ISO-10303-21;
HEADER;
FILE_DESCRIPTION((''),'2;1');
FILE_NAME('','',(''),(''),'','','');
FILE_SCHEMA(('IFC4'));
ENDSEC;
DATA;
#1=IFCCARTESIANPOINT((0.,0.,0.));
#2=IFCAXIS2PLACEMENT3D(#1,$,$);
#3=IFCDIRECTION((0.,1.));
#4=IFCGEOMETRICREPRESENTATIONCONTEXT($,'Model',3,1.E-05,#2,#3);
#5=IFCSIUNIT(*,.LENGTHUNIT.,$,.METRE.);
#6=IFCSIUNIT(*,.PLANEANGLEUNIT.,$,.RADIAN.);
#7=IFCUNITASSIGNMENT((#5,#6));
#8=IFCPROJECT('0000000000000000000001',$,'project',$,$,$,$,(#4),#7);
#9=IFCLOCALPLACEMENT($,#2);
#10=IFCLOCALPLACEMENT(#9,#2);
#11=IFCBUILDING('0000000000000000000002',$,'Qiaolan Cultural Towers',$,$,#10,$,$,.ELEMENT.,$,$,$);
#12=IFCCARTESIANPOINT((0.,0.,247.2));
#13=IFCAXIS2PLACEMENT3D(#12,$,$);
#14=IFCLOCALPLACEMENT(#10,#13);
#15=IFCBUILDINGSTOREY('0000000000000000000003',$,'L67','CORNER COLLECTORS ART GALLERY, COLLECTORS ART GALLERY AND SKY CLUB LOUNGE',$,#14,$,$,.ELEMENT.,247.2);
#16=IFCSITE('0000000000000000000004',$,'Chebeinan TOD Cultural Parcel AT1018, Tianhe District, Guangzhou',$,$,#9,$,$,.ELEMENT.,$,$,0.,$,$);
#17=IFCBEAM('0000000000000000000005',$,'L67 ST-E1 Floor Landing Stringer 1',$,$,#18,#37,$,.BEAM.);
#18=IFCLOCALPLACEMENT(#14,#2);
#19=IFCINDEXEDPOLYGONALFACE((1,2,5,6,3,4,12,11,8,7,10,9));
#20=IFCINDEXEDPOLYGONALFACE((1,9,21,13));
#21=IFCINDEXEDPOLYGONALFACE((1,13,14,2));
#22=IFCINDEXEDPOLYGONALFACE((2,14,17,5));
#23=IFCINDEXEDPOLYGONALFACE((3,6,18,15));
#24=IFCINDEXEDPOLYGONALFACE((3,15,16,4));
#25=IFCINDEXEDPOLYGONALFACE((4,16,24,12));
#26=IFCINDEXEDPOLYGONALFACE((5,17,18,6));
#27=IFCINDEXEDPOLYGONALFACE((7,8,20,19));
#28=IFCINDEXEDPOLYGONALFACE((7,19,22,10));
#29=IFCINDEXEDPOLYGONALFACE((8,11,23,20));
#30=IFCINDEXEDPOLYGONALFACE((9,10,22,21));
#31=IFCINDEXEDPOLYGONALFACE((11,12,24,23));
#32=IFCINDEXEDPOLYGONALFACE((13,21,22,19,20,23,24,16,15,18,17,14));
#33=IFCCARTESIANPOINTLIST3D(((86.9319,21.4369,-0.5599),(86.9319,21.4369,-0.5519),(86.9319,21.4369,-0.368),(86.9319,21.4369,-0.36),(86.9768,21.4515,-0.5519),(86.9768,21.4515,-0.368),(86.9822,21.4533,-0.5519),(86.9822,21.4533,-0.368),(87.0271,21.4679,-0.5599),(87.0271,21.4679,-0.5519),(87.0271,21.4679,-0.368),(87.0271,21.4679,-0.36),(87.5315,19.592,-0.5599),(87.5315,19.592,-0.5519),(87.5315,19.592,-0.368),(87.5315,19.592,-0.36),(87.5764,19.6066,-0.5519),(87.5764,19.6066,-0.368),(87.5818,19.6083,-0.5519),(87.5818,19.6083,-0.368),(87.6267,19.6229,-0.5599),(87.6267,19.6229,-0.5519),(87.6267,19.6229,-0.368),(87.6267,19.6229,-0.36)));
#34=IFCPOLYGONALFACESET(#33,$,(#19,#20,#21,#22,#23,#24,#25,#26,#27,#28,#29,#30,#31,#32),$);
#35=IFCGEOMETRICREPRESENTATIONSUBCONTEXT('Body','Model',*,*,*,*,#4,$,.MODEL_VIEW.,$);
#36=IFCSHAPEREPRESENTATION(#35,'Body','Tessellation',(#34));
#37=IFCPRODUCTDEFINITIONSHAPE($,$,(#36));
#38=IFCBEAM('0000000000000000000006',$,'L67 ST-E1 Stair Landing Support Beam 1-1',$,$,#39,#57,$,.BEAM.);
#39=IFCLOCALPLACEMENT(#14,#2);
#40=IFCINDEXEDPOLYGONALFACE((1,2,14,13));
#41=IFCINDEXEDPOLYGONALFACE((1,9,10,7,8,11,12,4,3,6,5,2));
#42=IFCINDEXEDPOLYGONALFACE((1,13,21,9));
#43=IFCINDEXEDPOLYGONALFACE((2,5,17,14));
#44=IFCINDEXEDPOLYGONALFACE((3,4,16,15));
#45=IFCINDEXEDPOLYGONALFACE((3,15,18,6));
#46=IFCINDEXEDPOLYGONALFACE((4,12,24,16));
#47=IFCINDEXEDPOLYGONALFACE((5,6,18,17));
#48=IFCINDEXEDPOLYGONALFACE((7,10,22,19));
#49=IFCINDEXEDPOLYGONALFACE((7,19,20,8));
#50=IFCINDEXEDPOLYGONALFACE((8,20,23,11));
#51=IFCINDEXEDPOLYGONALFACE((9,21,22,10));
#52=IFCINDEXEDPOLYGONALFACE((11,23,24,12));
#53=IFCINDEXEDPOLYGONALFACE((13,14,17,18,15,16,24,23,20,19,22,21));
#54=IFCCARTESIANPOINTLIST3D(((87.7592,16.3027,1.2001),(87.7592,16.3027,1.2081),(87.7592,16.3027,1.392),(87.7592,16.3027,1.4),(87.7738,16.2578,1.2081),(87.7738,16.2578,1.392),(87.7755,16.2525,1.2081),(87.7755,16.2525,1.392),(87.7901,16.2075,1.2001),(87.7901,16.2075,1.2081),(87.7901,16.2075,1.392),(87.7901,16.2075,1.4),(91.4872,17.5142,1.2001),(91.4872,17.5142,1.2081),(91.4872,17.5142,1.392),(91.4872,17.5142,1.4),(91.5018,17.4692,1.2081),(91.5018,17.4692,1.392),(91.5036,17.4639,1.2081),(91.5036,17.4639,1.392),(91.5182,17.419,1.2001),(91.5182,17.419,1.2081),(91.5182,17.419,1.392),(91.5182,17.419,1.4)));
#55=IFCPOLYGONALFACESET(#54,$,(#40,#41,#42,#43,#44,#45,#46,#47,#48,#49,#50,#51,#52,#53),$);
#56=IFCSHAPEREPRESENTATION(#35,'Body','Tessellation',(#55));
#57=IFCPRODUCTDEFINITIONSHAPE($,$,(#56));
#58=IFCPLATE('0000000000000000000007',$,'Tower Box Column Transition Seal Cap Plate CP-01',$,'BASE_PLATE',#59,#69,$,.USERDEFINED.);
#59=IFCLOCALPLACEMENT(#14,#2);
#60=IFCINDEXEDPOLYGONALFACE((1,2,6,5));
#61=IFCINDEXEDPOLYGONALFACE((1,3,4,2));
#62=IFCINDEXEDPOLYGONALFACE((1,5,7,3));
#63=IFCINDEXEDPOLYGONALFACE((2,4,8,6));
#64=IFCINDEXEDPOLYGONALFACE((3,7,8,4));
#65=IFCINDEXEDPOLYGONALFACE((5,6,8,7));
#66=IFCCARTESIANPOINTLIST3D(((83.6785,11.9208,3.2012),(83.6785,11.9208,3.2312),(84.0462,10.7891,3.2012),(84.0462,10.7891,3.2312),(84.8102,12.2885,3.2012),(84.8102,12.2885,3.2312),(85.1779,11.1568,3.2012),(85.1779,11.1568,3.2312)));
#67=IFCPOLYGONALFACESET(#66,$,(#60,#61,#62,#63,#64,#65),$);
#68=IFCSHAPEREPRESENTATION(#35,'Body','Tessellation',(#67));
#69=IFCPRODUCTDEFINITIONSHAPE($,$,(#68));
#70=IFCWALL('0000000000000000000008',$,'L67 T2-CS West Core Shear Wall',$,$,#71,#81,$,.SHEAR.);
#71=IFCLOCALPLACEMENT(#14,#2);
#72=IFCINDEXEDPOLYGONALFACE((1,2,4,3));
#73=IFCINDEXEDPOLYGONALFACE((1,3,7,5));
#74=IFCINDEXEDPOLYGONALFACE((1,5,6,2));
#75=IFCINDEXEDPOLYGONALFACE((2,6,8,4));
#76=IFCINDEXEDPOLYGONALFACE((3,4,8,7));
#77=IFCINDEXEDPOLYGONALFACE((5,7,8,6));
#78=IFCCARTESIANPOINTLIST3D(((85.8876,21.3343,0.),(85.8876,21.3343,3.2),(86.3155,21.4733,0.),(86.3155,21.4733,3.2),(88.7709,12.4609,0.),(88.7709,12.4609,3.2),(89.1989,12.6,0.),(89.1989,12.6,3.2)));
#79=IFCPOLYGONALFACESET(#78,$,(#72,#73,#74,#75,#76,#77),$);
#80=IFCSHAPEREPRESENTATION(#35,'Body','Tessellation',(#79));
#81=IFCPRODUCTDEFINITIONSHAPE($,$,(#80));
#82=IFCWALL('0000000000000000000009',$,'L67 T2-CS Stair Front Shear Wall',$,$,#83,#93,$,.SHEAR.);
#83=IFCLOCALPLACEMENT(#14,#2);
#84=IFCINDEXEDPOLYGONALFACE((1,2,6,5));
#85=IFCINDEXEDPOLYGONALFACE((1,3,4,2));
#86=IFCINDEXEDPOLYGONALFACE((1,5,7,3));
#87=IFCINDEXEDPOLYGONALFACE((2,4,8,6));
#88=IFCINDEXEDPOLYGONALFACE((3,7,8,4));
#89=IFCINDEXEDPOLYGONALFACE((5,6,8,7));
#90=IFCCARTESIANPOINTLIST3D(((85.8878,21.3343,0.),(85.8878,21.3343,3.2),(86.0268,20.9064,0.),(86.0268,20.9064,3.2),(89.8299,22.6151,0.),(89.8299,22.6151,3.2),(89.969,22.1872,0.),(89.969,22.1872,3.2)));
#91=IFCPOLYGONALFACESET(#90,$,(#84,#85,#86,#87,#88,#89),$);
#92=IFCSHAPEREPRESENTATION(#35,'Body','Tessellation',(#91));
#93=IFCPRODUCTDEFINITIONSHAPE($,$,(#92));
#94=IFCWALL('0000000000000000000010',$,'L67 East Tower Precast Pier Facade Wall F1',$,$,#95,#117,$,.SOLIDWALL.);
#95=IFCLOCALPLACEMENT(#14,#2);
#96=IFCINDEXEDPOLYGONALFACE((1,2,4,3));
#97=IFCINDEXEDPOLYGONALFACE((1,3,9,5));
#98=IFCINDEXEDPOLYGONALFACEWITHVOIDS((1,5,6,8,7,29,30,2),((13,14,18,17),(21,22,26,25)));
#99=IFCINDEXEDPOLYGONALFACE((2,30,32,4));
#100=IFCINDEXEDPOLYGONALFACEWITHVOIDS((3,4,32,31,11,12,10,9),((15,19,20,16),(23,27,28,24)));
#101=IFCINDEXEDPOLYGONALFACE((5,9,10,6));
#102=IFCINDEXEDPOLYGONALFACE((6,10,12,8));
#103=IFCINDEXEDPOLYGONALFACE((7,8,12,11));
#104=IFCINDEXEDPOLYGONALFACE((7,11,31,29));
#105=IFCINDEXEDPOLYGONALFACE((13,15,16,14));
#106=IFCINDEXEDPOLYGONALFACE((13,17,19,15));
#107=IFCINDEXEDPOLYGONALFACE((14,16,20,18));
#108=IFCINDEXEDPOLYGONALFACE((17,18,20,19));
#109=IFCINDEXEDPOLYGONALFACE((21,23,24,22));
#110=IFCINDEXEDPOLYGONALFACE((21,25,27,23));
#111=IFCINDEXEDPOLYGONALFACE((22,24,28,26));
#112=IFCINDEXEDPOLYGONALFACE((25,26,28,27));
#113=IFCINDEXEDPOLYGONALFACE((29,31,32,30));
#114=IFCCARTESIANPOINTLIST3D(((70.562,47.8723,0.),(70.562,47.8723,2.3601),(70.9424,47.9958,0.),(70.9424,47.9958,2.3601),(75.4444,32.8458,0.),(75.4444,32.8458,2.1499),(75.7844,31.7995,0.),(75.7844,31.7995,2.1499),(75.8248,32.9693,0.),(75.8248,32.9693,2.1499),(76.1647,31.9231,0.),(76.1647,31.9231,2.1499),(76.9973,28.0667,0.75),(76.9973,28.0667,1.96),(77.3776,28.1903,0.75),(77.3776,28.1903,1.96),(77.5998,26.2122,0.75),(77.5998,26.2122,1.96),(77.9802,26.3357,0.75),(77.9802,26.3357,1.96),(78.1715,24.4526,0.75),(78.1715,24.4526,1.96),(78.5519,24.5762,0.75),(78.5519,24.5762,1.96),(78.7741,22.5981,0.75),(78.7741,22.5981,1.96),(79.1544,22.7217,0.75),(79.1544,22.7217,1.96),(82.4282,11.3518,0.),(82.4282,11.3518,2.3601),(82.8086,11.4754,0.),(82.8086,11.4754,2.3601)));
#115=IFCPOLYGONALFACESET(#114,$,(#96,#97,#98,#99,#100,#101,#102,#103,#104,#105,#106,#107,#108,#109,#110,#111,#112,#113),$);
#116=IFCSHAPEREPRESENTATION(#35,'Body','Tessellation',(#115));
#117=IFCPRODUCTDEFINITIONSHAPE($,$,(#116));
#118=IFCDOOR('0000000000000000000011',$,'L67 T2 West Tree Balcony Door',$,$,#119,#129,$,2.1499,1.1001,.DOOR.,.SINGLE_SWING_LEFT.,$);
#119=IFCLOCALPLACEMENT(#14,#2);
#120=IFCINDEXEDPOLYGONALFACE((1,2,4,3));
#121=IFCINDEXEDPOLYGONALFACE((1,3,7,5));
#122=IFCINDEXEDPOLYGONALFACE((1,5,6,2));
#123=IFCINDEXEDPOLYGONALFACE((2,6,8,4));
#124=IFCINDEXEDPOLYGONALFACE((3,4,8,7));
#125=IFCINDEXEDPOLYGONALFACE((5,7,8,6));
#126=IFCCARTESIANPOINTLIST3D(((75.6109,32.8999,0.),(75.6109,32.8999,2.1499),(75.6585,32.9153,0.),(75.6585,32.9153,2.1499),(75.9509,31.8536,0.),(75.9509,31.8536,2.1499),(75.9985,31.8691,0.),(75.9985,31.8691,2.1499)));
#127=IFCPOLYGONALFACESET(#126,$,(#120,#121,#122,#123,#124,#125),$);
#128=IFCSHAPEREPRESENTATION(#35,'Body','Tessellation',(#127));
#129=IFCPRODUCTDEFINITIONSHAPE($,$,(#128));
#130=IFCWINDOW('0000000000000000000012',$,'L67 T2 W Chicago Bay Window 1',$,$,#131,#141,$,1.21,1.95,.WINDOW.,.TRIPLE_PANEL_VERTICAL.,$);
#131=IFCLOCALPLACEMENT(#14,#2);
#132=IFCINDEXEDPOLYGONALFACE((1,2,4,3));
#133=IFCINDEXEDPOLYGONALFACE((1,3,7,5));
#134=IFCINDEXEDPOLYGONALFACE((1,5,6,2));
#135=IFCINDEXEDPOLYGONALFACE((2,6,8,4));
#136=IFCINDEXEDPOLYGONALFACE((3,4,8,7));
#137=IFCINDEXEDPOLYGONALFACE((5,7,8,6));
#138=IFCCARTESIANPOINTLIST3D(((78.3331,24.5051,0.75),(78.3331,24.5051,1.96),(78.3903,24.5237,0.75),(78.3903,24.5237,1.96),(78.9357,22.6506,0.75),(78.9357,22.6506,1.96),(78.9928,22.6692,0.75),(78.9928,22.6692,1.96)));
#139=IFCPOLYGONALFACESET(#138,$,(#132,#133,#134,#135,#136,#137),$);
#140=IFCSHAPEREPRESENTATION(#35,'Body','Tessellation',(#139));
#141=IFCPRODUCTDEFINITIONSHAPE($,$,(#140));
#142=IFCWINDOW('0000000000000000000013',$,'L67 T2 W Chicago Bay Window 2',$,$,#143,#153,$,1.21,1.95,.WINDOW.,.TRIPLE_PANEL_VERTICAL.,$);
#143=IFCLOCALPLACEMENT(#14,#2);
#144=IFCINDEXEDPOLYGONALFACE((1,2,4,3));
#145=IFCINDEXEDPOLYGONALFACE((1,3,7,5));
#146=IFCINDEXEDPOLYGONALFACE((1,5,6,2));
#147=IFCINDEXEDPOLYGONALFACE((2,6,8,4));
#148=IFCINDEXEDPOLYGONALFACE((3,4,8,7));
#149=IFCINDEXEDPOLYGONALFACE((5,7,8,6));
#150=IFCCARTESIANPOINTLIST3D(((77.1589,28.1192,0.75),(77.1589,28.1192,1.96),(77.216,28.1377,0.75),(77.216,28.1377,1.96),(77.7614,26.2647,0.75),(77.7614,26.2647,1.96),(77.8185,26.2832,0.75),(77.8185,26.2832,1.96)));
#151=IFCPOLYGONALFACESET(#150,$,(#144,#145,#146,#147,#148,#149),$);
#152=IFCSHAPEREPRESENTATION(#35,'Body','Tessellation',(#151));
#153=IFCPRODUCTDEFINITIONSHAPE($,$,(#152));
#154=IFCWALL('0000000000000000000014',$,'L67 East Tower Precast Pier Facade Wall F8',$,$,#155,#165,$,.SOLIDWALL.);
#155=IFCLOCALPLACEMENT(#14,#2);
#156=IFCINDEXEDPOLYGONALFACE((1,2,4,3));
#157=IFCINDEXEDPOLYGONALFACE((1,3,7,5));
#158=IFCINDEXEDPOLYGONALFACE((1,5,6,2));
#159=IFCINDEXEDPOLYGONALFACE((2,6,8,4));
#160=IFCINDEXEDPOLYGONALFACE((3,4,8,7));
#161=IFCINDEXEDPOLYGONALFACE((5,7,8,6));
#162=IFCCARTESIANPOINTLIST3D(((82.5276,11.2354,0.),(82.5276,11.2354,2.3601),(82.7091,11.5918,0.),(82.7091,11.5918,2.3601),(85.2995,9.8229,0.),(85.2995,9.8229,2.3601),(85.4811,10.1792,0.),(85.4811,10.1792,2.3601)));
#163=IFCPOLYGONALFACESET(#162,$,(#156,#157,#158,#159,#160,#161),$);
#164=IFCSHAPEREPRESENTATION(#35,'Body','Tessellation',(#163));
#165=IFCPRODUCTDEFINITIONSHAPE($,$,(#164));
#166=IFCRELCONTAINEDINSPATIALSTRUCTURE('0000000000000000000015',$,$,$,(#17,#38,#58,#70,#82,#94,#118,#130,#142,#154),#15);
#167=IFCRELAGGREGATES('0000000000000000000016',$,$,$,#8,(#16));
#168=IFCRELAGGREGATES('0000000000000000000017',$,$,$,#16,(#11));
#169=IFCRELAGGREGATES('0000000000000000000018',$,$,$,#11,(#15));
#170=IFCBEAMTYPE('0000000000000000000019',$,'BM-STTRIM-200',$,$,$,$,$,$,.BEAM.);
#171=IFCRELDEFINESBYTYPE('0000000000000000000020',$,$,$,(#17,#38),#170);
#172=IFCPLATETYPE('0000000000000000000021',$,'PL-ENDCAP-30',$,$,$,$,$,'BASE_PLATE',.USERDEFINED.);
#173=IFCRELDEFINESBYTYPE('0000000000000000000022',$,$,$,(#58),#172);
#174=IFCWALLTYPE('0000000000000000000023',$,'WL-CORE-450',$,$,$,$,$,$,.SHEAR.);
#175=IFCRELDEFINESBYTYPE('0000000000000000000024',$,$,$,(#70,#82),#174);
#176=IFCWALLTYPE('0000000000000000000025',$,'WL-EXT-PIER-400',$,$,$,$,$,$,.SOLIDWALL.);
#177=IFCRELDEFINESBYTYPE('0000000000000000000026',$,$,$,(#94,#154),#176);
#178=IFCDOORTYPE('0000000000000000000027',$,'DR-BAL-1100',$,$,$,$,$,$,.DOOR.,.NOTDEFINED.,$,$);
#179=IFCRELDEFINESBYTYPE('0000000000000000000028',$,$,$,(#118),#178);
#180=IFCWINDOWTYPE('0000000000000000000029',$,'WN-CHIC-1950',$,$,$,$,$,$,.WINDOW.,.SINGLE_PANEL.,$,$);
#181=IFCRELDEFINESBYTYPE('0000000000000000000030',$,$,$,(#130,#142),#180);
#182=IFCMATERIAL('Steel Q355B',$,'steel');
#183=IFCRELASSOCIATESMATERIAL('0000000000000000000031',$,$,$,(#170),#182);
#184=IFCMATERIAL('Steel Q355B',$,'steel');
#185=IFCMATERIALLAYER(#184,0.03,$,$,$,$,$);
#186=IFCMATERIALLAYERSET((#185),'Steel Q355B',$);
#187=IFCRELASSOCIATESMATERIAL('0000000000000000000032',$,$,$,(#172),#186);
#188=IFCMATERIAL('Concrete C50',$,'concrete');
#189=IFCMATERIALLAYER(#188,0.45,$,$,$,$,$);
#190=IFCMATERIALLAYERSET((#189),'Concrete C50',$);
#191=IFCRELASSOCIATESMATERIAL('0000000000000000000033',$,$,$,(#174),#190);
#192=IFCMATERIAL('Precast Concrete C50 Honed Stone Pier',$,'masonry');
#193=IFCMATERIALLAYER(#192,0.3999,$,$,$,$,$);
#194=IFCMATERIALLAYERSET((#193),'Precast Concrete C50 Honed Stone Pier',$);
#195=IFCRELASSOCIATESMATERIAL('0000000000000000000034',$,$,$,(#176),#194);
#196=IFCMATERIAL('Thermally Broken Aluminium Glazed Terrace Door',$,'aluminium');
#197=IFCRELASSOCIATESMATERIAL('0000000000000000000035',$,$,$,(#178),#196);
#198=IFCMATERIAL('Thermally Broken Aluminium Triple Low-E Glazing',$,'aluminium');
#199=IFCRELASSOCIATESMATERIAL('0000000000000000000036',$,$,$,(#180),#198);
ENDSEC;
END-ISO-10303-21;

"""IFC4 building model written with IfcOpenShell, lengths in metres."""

from ifc_helpers import new_model, si_unit, direction, frame, frame_2d, origin, origin_2d, place, context, subcontext, project, spatial, rectangle, i_section, extrude, material, layer, layer_set, material_profile, profile_set, type_object, element, fill, save


model = new_model("IFC4")

# Units and contexts
model_context = context("Model", 3, precision=1e-05, world=origin(), true_north=direction((0.0, 1.0)))
body_context = subcontext(model_context, "Body", "Model", "MODEL_VIEW")
ifc_project = project(units=[si_unit("LENGTHUNIT", "METRE"), si_unit("PLANEANGLEUNIT", "RADIAN")], contexts=[model_context])

# Site, building, storey
site_placement = place(None, origin())
site = spatial("IfcSite", under=ifc_project, at=site_placement, Name="Chebeinan TOD Cultural Parcel AT1018, Tianhe District, Guangzhou", CompositionType="ELEMENT", RefElevation=0.0)
building_placement = place(site_placement, origin())
building = spatial("IfcBuilding", under=site, at=building_placement, Name="Qiaolan Cultural Towers", CompositionType="ELEMENT")
storey_placement = place(building_placement, frame((0.0, 0.0, 247.2)))
storey = spatial("IfcBuildingStorey", under=building, at=storey_placement, Name="L67", Description="CORNER COLLECTORS ART GALLERY, COLLECTORS ART GALLERY AND SKY CLUB LOUNGE", CompositionType="ELEMENT", Elevation=247.2)

# Beams
ifc_material_1 = material(Name="Steel Q355B", Category="steel")
ifc_material_profile_1 = material_profile(ifc_material_1, i_section(OverallWidth=0.1001, OverallDepth=0.2, WebThickness=0.0056, FlangeThickness=0.0081, at=origin_2d()), Name="HN200x100x5.5x8")
ifc_profile_set_1 = profile_set([ifc_material_profile_1], Name="Steel Q355B")
beam_type_1 = type_object("IfcBeamType", Name="BM-STTRIM-200", PredefinedType="BEAM", material=ifc_profile_set_1)
beam_1_placement = place(storey_placement, frame((86.9795, 21.4524, -0.46), z_axis=(0.309083, -0.951035, 0.0), x_axis=(0.951035, 0.309083, 0.0)))
element("IfcBeam", 1, at=beam_1_placement, inside=storey, type_object=beam_type_1, Name="L67 ST-E1 Floor Landing Stringer 1", PredefinedType="BEAM", context=body_context, shape_type="SweptSolid", body=[
    extrude(i_section(OverallWidth=0.1001, OverallDepth=0.2, WebThickness=0.0056, FlangeThickness=0.0081, at=origin_2d()), origin(), (0.0, 0.0, 1.0), 1.9399),
])
beam_2_placement = place(storey_placement, frame((87.7747, 16.2551, 1.3), z_axis=(0.951048, 0.309044, 0.0), x_axis=(-0.309044, 0.951048, 0.0)))
element("IfcBeam", 2, at=beam_2_placement, inside=storey, type_object=beam_type_1, Name="L67 ST-E1 Stair Landing Support Beam 1-1", PredefinedType="BEAM", context=body_context, shape_type="SweptSolid", body=[
    extrude(i_section(OverallWidth=0.1001, OverallDepth=0.2, WebThickness=0.0056, FlangeThickness=0.0081, at=origin_2d()), origin(), (0.0, 0.0, 1.0), 3.9199),
])

# Plate
ifc_material_2 = material(Name="Steel Q355B", Category="steel")
ifc_layer_1 = layer(ifc_material_2, 0.03)
ifc_layer_set_1 = layer_set([ifc_layer_1], Name="Steel Q355B")
plate_type = type_object("IfcPlateType", Name="PL-ENDCAP-30", ElementType="BASE_PLATE", PredefinedType="USERDEFINED", material=ifc_layer_set_1)
plate_placement = place(storey_placement, frame((84.4282, 11.5388, 3.2012), z_axis=(0.0, 0.0, 1.0), x_axis=(0.951057, 0.309017, 0.0)))
element("IfcPlate", 3, at=plate_placement, inside=storey, type_object=plate_type, Name="Tower Box Column Transition Seal Cap Plate CP-01", ObjectType="BASE_PLATE", PredefinedType="USERDEFINED", context=body_context, shape_type="SweptSolid", body=[
    extrude(rectangle(XDim=1.1899, YDim=1.1899, at=origin_2d()), origin(), (0.0, 0.0, 1.0), 0.03),
])

# Walls
ifc_material_3 = material(Name="Concrete C50", Category="concrete")
ifc_layer_2 = layer(ifc_material_3, 0.45)
ifc_layer_set_2 = layer_set([ifc_layer_2], Name="Concrete C50")
wall_type_1 = type_object("IfcWallType", Name="WL-CORE-450", PredefinedType="SHEAR", material=ifc_layer_set_2)
wall_1_placement = place(storey_placement, frame((86.1016, 21.4038, 0.0), z_axis=(0.0, 0.0, 1.0), x_axis=(0.309036, -0.95105, 0.0)))
element("IfcWall", 4, at=wall_1_placement, inside=storey, type_object=wall_type_1, Name="L67 T2-CS West Core Shear Wall", PredefinedType="SHEAR", context=body_context, shape_type="SweptSolid", body=[
    extrude(rectangle(XDim=9.3301, YDim=0.45, at=frame_2d((4.665, 0.0))), origin(), (0.0, 0.0, 1.0), 3.2),
])
wall_2_placement = place(storey_placement, frame((85.9573, 21.1204, 0.0), z_axis=(0.0, 0.0, 1.0), x_axis=(0.951065, 0.308992, 0.0)))
element("IfcWall", 5, at=wall_2_placement, inside=storey, type_object=wall_type_1, Name="L67 T2-CS Stair Front Shear Wall", PredefinedType="SHEAR", context=body_context, shape_type="SweptSolid", body=[
    extrude(rectangle(XDim=4.145, YDim=0.45, at=frame_2d((2.0725, 0.0))), origin(), (0.0, 0.0, 1.0), 3.2),
])

# Wall, openings, door, windows
ifc_material_4 = material(Name="Precast Concrete C50 Honed Stone Pier", Category="masonry")
ifc_layer_3 = layer(ifc_material_4, 0.3999)
ifc_layer_set_3 = layer_set([ifc_layer_3], Name="Precast Concrete C50 Honed Stone Pier")
wall_type_2 = type_object("IfcWallType", Name="WL-EXT-PIER-400", PredefinedType="SOLIDWALL", material=ifc_layer_set_3)
wall_3_placement = place(storey_placement, frame((82.6184, 11.4136, 0.0), z_axis=(0.0, 0.0, 1.0), x_axis=(-0.309016, 0.951057, 0.0)))
wall_3 = element("IfcWall", 6, at=wall_3_placement, inside=storey, type_object=wall_type_2, Name="L67 East Tower Precast Pier Facade Wall F1", PredefinedType="SOLIDWALL", context=body_context, shape_type="SweptSolid", body=[
    extrude(rectangle(XDim=38.3999, YDim=0.3999, at=frame_2d((19.2, 0.0))), origin(), (0.0, 0.0, 1.0), 2.3601),
])
opening_1_placement = place(wall_3_placement, frame((11.825, 0.0, 0.75)))
opening_1 = element("IfcOpeningElement", 7, at=opening_1_placement, cuts=wall_3, PredefinedType="OPENING", context=body_context, shape_type="SweptSolid", body=[
    extrude(rectangle(XDim=1.95, YDim=1.21, at=frame_2d((0.9751, 0.605))), frame((0.0, 0.21, 0.0), z_axis=(0.0, -1.0, 0.0), x_axis=(1.0, 0.0, 0.0)), (0.0, 0.0, 1.0), 0.4199),
])
opening_2_placement = place(wall_3_placement, frame((15.625, 0.0, 0.75)))
opening_2 = element("IfcOpeningElement", 8, at=opening_2_placement, cuts=wall_3, PredefinedType="OPENING", context=body_context, shape_type="SweptSolid", body=[
    extrude(rectangle(XDim=1.95, YDim=1.21, at=frame_2d((0.9751, 0.605))), frame((0.0, 0.21, 0.0), z_axis=(0.0, -1.0, 0.0), x_axis=(1.0, 0.0, 0.0)), (0.0, 0.0, 1.0), 0.4199),
])
opening_3_placement = place(wall_3_placement, frame((21.5, 0.0, 0.0)))
opening_3 = element("IfcOpeningElement", 9, at=opening_3_placement, cuts=wall_3, PredefinedType="OPENING", context=body_context, shape_type="SweptSolid", body=[
    extrude(rectangle(XDim=1.1001, YDim=2.1499, at=frame_2d((0.55, 1.075))), frame((0.0, 0.21, 0.0), z_axis=(0.0, -1.0, 0.0), x_axis=(1.0, 0.0, 0.0)), (0.0, 0.0, 1.0), 0.4199),
])
ifc_material_5 = material(Name="Thermally Broken Aluminium Glazed Terrace Door", Category="aluminium")
door_type_1 = type_object("IfcDoorType", Name="DR-BAL-1100", OperationType="NOTDEFINED", PredefinedType="DOOR", material=ifc_material_5)
door_1_placement = place(opening_3_placement, origin())
door_1 = element("IfcDoor", 10, at=door_1_placement, inside=storey, type_object=door_type_1, Name="L67 T2 West Tree Balcony Door", OperationType="SINGLE_SWING_LEFT", OverallHeight=2.1499, OverallWidth=1.1001, PredefinedType="DOOR", context=body_context, shape_type="SweptSolid", body=[
    extrude(rectangle(XDim=1.1001, YDim=2.1499, at=frame_2d((0.55, 1.075))), frame((0.0, 0.0249, 0.0), z_axis=(0.0, -1.0, 0.0), x_axis=(1.0, 0.0, 0.0)), (0.0, 0.0, 1.0), 0.05),
])
fill(opening_3, door_1)
ifc_material_6 = material(Name="Thermally Broken Aluminium Triple Low-E Glazing", Category="aluminium")
window_type = type_object("IfcWindowType", Name="WN-CHIC-1950", PartitioningType="SINGLE_PANEL", PredefinedType="WINDOW", material=ifc_material_6)
window_1_placement = place(opening_1_placement, origin())
window_1 = element("IfcWindow", 11, at=window_1_placement, inside=storey, type_object=window_type, Name="L67 T2 W Chicago Bay Window 1", OverallHeight=1.21, OverallWidth=1.95, PartitioningType="TRIPLE_PANEL_VERTICAL", PredefinedType="WINDOW", context=body_context, shape_type="SweptSolid", body=[
    extrude(rectangle(XDim=1.95, YDim=1.21, at=frame_2d((0.9751, 0.605))), frame((0.0, 0.03, 0.0), z_axis=(0.0, -1.0, 0.0), x_axis=(1.0, 0.0, 0.0)), (0.0, 0.0, 1.0), 0.0601),
])
fill(opening_1, window_1)
window_2_placement = place(opening_2_placement, origin())
window_2 = element("IfcWindow", 12, at=window_2_placement, inside=storey, type_object=window_type, Name="L67 T2 W Chicago Bay Window 2", OverallHeight=1.21, OverallWidth=1.95, PartitioningType="TRIPLE_PANEL_VERTICAL", PredefinedType="WINDOW", context=body_context, shape_type="SweptSolid", body=[
    extrude(rectangle(XDim=1.95, YDim=1.21, at=frame_2d((0.9751, 0.605))), frame((0.0, 0.03, 0.0), z_axis=(0.0, -1.0, 0.0), x_axis=(1.0, 0.0, 0.0)), (0.0, 0.0, 1.0), 0.0601),
])
fill(opening_2, window_2)

# Wall
wall_4_placement = place(storey_placement, frame((85.3904, 10.001, 0.0), z_axis=(0.0, 0.0, 1.0), x_axis=(-0.89098, 0.454043, 0.0)))
element("IfcWall", 13, at=wall_4_placement, inside=storey, type_object=wall_type_2, Name="L67 East Tower Precast Pier Facade Wall F8", PredefinedType="SOLIDWALL", context=body_context, shape_type="SweptSolid", body=[
    extrude(rectangle(XDim=3.1111, YDim=0.3999, at=frame_2d((1.5557, 0.0))), origin(), (0.0, 0.0, 1.0), 2.3601),
])

save(model, "model.ifc")
